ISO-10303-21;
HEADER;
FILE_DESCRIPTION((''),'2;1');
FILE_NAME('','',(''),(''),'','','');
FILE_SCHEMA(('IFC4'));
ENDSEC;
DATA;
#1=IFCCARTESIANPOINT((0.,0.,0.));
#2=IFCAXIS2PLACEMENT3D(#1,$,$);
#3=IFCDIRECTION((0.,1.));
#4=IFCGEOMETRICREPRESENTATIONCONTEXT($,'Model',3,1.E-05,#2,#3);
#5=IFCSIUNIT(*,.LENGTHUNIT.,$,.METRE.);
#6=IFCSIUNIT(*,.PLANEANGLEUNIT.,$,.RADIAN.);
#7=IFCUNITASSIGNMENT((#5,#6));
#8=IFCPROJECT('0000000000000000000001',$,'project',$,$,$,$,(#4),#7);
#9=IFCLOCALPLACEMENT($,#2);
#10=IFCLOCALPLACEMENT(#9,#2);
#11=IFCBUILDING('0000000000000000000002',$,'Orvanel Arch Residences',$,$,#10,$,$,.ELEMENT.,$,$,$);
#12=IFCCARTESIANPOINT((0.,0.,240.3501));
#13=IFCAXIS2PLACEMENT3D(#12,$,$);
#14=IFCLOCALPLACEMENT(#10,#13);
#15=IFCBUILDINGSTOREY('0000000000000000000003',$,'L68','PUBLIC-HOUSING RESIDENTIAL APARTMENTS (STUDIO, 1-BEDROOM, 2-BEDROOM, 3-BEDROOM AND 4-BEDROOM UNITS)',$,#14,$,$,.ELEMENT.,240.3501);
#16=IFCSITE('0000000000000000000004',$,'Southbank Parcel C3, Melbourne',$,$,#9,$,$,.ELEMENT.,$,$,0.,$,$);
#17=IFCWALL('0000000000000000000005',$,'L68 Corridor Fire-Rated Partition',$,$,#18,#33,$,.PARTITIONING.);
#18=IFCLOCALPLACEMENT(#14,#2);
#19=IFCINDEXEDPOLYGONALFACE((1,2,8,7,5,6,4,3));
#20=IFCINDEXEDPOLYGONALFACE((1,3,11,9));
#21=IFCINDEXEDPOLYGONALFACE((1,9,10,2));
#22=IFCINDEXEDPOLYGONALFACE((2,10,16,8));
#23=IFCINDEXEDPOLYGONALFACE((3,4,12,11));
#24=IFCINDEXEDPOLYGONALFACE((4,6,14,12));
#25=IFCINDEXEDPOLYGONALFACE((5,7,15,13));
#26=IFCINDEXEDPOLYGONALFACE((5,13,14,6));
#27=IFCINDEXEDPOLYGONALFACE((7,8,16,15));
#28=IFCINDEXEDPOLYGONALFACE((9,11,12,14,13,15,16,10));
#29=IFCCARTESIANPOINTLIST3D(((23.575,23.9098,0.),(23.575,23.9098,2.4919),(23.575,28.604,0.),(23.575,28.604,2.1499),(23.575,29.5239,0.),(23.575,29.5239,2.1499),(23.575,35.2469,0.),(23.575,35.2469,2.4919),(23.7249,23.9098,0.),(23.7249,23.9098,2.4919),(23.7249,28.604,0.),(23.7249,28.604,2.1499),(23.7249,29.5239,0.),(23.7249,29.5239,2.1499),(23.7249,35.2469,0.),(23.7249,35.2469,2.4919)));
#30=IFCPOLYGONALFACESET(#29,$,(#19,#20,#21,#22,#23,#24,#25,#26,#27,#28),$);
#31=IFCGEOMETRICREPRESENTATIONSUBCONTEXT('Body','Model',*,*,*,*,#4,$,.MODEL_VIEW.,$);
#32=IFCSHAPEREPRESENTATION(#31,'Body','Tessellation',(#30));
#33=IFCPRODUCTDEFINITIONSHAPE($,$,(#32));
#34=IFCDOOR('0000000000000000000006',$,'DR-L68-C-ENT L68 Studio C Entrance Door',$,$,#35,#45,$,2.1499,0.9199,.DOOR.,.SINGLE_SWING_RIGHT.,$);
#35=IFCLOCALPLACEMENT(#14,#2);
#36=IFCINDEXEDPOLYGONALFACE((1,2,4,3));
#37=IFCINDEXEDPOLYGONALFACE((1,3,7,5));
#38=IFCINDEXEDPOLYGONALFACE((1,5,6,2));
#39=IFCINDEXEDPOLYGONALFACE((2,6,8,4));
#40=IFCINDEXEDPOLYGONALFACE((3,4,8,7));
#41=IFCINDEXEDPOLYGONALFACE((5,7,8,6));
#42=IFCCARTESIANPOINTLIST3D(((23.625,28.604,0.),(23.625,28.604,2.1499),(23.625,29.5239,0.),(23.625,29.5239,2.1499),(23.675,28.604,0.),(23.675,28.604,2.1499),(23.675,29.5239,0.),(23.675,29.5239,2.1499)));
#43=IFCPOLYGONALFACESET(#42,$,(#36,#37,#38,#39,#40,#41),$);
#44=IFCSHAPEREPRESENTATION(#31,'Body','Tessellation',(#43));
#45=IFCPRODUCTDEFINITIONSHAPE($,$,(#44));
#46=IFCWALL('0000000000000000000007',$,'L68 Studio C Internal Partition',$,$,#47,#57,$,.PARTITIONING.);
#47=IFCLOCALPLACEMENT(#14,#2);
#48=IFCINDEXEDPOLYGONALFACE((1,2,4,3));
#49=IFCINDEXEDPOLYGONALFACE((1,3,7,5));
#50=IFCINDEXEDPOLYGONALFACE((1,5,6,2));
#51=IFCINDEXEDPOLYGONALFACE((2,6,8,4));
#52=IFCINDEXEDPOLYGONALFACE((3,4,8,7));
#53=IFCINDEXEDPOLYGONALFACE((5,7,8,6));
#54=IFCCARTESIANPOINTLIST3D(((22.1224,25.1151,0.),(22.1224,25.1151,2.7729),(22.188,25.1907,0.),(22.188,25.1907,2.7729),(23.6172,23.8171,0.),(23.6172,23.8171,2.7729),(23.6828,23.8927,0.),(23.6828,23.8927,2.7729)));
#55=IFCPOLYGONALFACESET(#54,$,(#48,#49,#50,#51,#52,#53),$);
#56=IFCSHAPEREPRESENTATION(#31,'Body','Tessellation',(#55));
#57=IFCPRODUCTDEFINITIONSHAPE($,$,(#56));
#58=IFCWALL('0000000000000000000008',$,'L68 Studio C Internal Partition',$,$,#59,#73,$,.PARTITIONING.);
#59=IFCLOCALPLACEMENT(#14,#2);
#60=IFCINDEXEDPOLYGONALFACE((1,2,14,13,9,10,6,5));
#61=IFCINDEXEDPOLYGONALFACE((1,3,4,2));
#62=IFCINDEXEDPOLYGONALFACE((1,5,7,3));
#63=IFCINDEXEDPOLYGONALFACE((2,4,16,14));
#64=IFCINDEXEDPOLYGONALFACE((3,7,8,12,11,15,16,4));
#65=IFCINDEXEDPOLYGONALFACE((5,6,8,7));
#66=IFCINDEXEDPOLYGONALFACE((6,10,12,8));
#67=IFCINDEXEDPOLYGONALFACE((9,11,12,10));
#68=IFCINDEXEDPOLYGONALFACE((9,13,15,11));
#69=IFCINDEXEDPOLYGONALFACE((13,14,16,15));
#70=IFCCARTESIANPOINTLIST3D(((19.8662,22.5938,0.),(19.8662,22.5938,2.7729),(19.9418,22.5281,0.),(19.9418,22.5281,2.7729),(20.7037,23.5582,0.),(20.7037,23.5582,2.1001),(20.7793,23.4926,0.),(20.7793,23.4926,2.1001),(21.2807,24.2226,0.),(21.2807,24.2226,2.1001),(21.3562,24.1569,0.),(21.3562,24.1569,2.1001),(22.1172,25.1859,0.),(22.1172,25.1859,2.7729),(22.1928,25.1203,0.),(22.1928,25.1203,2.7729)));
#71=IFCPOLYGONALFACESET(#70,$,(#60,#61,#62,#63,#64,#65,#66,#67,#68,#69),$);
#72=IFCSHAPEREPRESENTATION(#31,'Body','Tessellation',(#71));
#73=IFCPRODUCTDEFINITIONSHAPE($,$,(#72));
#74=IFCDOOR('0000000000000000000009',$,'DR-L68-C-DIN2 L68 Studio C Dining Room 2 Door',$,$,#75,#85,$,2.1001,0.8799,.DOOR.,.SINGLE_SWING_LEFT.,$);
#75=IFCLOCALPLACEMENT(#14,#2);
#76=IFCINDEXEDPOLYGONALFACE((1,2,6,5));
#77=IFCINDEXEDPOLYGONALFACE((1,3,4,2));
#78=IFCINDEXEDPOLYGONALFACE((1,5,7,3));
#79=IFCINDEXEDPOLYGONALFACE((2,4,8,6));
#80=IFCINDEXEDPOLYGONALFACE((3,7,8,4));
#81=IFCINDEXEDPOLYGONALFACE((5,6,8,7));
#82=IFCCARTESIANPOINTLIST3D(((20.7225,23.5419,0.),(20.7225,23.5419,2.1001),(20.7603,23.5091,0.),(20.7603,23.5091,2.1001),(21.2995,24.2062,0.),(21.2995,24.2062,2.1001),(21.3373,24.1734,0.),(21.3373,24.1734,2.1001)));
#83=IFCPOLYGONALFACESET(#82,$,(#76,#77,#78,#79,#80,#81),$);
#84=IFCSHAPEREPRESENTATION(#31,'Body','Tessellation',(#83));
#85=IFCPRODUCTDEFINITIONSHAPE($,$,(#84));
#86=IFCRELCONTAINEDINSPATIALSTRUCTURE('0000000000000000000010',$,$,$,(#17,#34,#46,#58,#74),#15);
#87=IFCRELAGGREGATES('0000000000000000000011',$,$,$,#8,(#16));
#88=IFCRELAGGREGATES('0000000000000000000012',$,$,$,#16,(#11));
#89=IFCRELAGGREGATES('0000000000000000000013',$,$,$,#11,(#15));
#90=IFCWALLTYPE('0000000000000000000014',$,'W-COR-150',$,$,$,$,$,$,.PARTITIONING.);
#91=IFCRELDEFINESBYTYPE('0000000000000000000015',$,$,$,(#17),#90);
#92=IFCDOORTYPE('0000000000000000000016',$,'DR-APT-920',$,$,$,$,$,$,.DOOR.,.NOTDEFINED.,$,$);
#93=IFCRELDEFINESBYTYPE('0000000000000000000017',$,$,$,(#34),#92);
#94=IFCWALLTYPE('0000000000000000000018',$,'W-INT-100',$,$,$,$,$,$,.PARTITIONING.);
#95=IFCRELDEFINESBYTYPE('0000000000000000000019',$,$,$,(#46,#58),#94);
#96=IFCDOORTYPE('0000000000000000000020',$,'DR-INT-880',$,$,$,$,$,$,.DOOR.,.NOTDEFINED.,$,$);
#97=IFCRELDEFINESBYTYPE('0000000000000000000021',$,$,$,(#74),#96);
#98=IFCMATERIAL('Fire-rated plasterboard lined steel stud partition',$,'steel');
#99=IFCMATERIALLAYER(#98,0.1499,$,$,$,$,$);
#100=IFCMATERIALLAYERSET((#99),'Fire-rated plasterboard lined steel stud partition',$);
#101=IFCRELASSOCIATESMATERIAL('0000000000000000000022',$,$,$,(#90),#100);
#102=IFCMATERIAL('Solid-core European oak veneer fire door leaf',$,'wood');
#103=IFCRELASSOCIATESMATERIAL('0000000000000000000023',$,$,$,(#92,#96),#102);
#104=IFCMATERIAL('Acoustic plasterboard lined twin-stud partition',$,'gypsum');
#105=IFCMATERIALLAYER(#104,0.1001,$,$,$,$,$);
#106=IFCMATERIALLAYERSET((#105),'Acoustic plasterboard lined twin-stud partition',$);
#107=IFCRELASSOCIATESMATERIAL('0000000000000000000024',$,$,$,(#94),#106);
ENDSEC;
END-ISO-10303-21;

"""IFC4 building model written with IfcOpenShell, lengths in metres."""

from ifc_helpers import new_model, si_unit, direction, frame, frame_2d, origin, place, context, subcontext, project, spatial, rectangle, extrude, material, layer, layer_set, type_object, element, fill, save


model = new_model("IFC4")

# Units and contexts
model_context = context("Model", 3, precision=1e-05, world=origin(), true_north=direction((0.0, 1.0)))
body_context = subcontext(model_context, "Body", "Model", "MODEL_VIEW")
ifc_project = project(units=[si_unit("LENGTHUNIT", "METRE"), si_unit("PLANEANGLEUNIT", "RADIAN")], contexts=[model_context])

# Site, building, storey
site_placement = place(None, origin())
site = spatial("IfcSite", under=ifc_project, at=site_placement, Name="Southbank Parcel C3, Melbourne", CompositionType="ELEMENT", RefElevation=0.0)
building_placement = place(site_placement, origin())
building = spatial("IfcBuilding", under=site, at=building_placement, Name="Orvanel Arch Residences", CompositionType="ELEMENT")
storey_placement = place(building_placement, frame((0.0, 0.0, 240.3501)))
storey = spatial("IfcBuildingStorey", under=building, at=storey_placement, Name="L68", Description="PUBLIC-HOUSING RESIDENTIAL APARTMENTS (STUDIO, 1-BEDROOM, 2-BEDROOM, 3-BEDROOM AND 4-BEDROOM UNITS)", CompositionType="ELEMENT", Elevation=240.3501)

# Wall, opening, door
ifc_material_1 = material(Name="Fire-rated plasterboard lined steel stud partition", Category="steel")
ifc_layer_1 = layer(ifc_material_1, 0.1499)
ifc_layer_set_1 = layer_set([ifc_layer_1], Name="Fire-rated plasterboard lined steel stud partition")
wall_type_1 = type_object("IfcWallType", Name="W-COR-150", PredefinedType="PARTITIONING", material=ifc_layer_set_1)
wall_1_placement = place(storey_placement, frame((23.6499, 23.9099, 0.0), z_axis=(0.0, 0.0, 1.0), x_axis=(0.0, 1.0, 0.0)))
wall_1 = element("IfcWall", 1, at=wall_1_placement, inside=storey, type_object=wall_type_1, Name="L68 Corridor Fire-Rated Partition", PredefinedType="PARTITIONING", context=body_context, shape_type="SweptSolid", body=[
    extrude(rectangle(XDim=11.3372, YDim=0.1499, at=frame_2d((5.6685, 0.0))), origin(), (0.0, 0.0, 1.0), 2.4919),
])
opening_1_placement = place(wall_1_placement, frame((4.6941, 0.0, 0.0)))
opening_1 = element("IfcOpeningElement", 2, at=opening_1_placement, cuts=wall_1, PredefinedType="OPENING", context=body_context, shape_type="SweptSolid", body=[
    extrude(rectangle(XDim=0.9199, YDim=2.1499, at=frame_2d((0.46, 1.075))), frame((0.0, 0.085, 0.0), z_axis=(0.0, -1.0, 0.0), x_axis=(1.0, 0.0, 0.0)), (0.0, 0.0, 1.0), 0.1699),
])
ifc_material_2 = material(Name="Solid-core European oak veneer fire door leaf", Category="wood")
door_type_1 = type_object("IfcDoorType", Name="DR-APT-920", OperationType="NOTDEFINED", PredefinedType="DOOR", material=ifc_material_2)
door_1_placement = place(opening_1_placement, origin())
door_1 = element("IfcDoor", 3, at=door_1_placement, inside=storey, type_object=door_type_1, Name="DR-L68-C-ENT L68 Studio C Entrance Door", OperationType="SINGLE_SWING_RIGHT", OverallHeight=2.1499, OverallWidth=0.9199, PredefinedType="DOOR", context=body_context, shape_type="SweptSolid", body=[
    extrude(rectangle(XDim=0.9199, YDim=2.1499, at=frame_2d((0.46, 1.075))), frame((0.0, 0.0249, 0.0), z_axis=(0.0, -1.0, 0.0), x_axis=(1.0, 0.0, 0.0)), (0.0, 0.0, 1.0), 0.05),
])
fill(opening_1, door_1)

# Wall
ifc_material_3 = material(Name="Acoustic plasterboard lined twin-stud partition", Category="gypsum")
ifc_layer_2 = layer(ifc_material_3, 0.1001)
ifc_layer_set_2 = layer_set([ifc_layer_2], Name="Acoustic plasterboard lined twin-stud partition")
wall_type_2 = type_object("IfcWallType", Name="W-INT-100", PredefinedType="PARTITIONING", material=ifc_layer_set_2)
wall_2_placement = place(storey_placement, frame((23.6499, 23.855, 0.0), z_axis=(0.0, 0.0, 1.0), x_axis=(-0.755054, 0.655663, 0.0)))
element("IfcWall", 4, at=wall_2_placement, inside=storey, type_object=wall_type_2, Name="L68 Studio C Internal Partition", PredefinedType="PARTITIONING", context=body_context, shape_type="SweptSolid", body=[
    extrude(rectangle(XDim=1.9797, YDim=0.1001, at=frame_2d((0.9897, 0.0))), origin(), (0.0, 0.0, 1.0), 2.7729),
])

# Wall, opening, door
wall_3_placement = place(storey_placement, frame((22.155, 25.1531, 0.0), z_axis=(0.0, 0.0, 1.0), x_axis=(-0.655686, -0.755034, 0.0)))
wall_3 = element("IfcWall", 5, at=wall_3_placement, inside=storey, type_object=wall_type_2, Name="L68 Studio C Internal Partition", PredefinedType="PARTITIONING", context=body_context, shape_type="SweptSolid", body=[
    extrude(rectangle(XDim=3.4331, YDim=0.1001, at=frame_2d((1.7166, 0.0))), origin(), (0.0, 0.0, 1.0), 2.7729),
])
opening_2_placement = place(wall_3_placement, frame((1.2759, 0.0, 0.0)))
opening_2 = element("IfcOpeningElement", 6, at=opening_2_placement, cuts=wall_3, PredefinedType="OPENING", context=body_context, shape_type="SweptSolid", body=[
    extrude(rectangle(XDim=0.8799, YDim=2.1001, at=frame_2d((0.4399, 1.05))), frame((0.0, 0.0601, 0.0), z_axis=(0.0, -1.0, 0.0), x_axis=(1.0, 0.0, 0.0)), (0.0, 0.0, 1.0), 0.1201),
])
door_type_2 = type_object("IfcDoorType", Name="DR-INT-880", OperationType="NOTDEFINED", PredefinedType="DOOR", material=ifc_material_2)
door_2_placement = place(opening_2_placement, origin())
door_2 = element("IfcDoor", 7, at=door_2_placement, inside=storey, type_object=door_type_2, Name="DR-L68-C-DIN2 L68 Studio C Dining Room 2 Door", OperationType="SINGLE_SWING_LEFT", OverallHeight=2.1001, OverallWidth=0.8799, PredefinedType="DOOR", context=body_context, shape_type="SweptSolid", body=[
    extrude(rectangle(XDim=0.8799, YDim=2.1001, at=frame_2d((0.4399, 1.05))), frame((0.0, 0.0249, 0.0), z_axis=(0.0, -1.0, 0.0), x_axis=(1.0, 0.0, 0.0)), (0.0, 0.0, 1.0), 0.05),
])
fill(opening_2, door_2)

save(model, "model.ifc")
